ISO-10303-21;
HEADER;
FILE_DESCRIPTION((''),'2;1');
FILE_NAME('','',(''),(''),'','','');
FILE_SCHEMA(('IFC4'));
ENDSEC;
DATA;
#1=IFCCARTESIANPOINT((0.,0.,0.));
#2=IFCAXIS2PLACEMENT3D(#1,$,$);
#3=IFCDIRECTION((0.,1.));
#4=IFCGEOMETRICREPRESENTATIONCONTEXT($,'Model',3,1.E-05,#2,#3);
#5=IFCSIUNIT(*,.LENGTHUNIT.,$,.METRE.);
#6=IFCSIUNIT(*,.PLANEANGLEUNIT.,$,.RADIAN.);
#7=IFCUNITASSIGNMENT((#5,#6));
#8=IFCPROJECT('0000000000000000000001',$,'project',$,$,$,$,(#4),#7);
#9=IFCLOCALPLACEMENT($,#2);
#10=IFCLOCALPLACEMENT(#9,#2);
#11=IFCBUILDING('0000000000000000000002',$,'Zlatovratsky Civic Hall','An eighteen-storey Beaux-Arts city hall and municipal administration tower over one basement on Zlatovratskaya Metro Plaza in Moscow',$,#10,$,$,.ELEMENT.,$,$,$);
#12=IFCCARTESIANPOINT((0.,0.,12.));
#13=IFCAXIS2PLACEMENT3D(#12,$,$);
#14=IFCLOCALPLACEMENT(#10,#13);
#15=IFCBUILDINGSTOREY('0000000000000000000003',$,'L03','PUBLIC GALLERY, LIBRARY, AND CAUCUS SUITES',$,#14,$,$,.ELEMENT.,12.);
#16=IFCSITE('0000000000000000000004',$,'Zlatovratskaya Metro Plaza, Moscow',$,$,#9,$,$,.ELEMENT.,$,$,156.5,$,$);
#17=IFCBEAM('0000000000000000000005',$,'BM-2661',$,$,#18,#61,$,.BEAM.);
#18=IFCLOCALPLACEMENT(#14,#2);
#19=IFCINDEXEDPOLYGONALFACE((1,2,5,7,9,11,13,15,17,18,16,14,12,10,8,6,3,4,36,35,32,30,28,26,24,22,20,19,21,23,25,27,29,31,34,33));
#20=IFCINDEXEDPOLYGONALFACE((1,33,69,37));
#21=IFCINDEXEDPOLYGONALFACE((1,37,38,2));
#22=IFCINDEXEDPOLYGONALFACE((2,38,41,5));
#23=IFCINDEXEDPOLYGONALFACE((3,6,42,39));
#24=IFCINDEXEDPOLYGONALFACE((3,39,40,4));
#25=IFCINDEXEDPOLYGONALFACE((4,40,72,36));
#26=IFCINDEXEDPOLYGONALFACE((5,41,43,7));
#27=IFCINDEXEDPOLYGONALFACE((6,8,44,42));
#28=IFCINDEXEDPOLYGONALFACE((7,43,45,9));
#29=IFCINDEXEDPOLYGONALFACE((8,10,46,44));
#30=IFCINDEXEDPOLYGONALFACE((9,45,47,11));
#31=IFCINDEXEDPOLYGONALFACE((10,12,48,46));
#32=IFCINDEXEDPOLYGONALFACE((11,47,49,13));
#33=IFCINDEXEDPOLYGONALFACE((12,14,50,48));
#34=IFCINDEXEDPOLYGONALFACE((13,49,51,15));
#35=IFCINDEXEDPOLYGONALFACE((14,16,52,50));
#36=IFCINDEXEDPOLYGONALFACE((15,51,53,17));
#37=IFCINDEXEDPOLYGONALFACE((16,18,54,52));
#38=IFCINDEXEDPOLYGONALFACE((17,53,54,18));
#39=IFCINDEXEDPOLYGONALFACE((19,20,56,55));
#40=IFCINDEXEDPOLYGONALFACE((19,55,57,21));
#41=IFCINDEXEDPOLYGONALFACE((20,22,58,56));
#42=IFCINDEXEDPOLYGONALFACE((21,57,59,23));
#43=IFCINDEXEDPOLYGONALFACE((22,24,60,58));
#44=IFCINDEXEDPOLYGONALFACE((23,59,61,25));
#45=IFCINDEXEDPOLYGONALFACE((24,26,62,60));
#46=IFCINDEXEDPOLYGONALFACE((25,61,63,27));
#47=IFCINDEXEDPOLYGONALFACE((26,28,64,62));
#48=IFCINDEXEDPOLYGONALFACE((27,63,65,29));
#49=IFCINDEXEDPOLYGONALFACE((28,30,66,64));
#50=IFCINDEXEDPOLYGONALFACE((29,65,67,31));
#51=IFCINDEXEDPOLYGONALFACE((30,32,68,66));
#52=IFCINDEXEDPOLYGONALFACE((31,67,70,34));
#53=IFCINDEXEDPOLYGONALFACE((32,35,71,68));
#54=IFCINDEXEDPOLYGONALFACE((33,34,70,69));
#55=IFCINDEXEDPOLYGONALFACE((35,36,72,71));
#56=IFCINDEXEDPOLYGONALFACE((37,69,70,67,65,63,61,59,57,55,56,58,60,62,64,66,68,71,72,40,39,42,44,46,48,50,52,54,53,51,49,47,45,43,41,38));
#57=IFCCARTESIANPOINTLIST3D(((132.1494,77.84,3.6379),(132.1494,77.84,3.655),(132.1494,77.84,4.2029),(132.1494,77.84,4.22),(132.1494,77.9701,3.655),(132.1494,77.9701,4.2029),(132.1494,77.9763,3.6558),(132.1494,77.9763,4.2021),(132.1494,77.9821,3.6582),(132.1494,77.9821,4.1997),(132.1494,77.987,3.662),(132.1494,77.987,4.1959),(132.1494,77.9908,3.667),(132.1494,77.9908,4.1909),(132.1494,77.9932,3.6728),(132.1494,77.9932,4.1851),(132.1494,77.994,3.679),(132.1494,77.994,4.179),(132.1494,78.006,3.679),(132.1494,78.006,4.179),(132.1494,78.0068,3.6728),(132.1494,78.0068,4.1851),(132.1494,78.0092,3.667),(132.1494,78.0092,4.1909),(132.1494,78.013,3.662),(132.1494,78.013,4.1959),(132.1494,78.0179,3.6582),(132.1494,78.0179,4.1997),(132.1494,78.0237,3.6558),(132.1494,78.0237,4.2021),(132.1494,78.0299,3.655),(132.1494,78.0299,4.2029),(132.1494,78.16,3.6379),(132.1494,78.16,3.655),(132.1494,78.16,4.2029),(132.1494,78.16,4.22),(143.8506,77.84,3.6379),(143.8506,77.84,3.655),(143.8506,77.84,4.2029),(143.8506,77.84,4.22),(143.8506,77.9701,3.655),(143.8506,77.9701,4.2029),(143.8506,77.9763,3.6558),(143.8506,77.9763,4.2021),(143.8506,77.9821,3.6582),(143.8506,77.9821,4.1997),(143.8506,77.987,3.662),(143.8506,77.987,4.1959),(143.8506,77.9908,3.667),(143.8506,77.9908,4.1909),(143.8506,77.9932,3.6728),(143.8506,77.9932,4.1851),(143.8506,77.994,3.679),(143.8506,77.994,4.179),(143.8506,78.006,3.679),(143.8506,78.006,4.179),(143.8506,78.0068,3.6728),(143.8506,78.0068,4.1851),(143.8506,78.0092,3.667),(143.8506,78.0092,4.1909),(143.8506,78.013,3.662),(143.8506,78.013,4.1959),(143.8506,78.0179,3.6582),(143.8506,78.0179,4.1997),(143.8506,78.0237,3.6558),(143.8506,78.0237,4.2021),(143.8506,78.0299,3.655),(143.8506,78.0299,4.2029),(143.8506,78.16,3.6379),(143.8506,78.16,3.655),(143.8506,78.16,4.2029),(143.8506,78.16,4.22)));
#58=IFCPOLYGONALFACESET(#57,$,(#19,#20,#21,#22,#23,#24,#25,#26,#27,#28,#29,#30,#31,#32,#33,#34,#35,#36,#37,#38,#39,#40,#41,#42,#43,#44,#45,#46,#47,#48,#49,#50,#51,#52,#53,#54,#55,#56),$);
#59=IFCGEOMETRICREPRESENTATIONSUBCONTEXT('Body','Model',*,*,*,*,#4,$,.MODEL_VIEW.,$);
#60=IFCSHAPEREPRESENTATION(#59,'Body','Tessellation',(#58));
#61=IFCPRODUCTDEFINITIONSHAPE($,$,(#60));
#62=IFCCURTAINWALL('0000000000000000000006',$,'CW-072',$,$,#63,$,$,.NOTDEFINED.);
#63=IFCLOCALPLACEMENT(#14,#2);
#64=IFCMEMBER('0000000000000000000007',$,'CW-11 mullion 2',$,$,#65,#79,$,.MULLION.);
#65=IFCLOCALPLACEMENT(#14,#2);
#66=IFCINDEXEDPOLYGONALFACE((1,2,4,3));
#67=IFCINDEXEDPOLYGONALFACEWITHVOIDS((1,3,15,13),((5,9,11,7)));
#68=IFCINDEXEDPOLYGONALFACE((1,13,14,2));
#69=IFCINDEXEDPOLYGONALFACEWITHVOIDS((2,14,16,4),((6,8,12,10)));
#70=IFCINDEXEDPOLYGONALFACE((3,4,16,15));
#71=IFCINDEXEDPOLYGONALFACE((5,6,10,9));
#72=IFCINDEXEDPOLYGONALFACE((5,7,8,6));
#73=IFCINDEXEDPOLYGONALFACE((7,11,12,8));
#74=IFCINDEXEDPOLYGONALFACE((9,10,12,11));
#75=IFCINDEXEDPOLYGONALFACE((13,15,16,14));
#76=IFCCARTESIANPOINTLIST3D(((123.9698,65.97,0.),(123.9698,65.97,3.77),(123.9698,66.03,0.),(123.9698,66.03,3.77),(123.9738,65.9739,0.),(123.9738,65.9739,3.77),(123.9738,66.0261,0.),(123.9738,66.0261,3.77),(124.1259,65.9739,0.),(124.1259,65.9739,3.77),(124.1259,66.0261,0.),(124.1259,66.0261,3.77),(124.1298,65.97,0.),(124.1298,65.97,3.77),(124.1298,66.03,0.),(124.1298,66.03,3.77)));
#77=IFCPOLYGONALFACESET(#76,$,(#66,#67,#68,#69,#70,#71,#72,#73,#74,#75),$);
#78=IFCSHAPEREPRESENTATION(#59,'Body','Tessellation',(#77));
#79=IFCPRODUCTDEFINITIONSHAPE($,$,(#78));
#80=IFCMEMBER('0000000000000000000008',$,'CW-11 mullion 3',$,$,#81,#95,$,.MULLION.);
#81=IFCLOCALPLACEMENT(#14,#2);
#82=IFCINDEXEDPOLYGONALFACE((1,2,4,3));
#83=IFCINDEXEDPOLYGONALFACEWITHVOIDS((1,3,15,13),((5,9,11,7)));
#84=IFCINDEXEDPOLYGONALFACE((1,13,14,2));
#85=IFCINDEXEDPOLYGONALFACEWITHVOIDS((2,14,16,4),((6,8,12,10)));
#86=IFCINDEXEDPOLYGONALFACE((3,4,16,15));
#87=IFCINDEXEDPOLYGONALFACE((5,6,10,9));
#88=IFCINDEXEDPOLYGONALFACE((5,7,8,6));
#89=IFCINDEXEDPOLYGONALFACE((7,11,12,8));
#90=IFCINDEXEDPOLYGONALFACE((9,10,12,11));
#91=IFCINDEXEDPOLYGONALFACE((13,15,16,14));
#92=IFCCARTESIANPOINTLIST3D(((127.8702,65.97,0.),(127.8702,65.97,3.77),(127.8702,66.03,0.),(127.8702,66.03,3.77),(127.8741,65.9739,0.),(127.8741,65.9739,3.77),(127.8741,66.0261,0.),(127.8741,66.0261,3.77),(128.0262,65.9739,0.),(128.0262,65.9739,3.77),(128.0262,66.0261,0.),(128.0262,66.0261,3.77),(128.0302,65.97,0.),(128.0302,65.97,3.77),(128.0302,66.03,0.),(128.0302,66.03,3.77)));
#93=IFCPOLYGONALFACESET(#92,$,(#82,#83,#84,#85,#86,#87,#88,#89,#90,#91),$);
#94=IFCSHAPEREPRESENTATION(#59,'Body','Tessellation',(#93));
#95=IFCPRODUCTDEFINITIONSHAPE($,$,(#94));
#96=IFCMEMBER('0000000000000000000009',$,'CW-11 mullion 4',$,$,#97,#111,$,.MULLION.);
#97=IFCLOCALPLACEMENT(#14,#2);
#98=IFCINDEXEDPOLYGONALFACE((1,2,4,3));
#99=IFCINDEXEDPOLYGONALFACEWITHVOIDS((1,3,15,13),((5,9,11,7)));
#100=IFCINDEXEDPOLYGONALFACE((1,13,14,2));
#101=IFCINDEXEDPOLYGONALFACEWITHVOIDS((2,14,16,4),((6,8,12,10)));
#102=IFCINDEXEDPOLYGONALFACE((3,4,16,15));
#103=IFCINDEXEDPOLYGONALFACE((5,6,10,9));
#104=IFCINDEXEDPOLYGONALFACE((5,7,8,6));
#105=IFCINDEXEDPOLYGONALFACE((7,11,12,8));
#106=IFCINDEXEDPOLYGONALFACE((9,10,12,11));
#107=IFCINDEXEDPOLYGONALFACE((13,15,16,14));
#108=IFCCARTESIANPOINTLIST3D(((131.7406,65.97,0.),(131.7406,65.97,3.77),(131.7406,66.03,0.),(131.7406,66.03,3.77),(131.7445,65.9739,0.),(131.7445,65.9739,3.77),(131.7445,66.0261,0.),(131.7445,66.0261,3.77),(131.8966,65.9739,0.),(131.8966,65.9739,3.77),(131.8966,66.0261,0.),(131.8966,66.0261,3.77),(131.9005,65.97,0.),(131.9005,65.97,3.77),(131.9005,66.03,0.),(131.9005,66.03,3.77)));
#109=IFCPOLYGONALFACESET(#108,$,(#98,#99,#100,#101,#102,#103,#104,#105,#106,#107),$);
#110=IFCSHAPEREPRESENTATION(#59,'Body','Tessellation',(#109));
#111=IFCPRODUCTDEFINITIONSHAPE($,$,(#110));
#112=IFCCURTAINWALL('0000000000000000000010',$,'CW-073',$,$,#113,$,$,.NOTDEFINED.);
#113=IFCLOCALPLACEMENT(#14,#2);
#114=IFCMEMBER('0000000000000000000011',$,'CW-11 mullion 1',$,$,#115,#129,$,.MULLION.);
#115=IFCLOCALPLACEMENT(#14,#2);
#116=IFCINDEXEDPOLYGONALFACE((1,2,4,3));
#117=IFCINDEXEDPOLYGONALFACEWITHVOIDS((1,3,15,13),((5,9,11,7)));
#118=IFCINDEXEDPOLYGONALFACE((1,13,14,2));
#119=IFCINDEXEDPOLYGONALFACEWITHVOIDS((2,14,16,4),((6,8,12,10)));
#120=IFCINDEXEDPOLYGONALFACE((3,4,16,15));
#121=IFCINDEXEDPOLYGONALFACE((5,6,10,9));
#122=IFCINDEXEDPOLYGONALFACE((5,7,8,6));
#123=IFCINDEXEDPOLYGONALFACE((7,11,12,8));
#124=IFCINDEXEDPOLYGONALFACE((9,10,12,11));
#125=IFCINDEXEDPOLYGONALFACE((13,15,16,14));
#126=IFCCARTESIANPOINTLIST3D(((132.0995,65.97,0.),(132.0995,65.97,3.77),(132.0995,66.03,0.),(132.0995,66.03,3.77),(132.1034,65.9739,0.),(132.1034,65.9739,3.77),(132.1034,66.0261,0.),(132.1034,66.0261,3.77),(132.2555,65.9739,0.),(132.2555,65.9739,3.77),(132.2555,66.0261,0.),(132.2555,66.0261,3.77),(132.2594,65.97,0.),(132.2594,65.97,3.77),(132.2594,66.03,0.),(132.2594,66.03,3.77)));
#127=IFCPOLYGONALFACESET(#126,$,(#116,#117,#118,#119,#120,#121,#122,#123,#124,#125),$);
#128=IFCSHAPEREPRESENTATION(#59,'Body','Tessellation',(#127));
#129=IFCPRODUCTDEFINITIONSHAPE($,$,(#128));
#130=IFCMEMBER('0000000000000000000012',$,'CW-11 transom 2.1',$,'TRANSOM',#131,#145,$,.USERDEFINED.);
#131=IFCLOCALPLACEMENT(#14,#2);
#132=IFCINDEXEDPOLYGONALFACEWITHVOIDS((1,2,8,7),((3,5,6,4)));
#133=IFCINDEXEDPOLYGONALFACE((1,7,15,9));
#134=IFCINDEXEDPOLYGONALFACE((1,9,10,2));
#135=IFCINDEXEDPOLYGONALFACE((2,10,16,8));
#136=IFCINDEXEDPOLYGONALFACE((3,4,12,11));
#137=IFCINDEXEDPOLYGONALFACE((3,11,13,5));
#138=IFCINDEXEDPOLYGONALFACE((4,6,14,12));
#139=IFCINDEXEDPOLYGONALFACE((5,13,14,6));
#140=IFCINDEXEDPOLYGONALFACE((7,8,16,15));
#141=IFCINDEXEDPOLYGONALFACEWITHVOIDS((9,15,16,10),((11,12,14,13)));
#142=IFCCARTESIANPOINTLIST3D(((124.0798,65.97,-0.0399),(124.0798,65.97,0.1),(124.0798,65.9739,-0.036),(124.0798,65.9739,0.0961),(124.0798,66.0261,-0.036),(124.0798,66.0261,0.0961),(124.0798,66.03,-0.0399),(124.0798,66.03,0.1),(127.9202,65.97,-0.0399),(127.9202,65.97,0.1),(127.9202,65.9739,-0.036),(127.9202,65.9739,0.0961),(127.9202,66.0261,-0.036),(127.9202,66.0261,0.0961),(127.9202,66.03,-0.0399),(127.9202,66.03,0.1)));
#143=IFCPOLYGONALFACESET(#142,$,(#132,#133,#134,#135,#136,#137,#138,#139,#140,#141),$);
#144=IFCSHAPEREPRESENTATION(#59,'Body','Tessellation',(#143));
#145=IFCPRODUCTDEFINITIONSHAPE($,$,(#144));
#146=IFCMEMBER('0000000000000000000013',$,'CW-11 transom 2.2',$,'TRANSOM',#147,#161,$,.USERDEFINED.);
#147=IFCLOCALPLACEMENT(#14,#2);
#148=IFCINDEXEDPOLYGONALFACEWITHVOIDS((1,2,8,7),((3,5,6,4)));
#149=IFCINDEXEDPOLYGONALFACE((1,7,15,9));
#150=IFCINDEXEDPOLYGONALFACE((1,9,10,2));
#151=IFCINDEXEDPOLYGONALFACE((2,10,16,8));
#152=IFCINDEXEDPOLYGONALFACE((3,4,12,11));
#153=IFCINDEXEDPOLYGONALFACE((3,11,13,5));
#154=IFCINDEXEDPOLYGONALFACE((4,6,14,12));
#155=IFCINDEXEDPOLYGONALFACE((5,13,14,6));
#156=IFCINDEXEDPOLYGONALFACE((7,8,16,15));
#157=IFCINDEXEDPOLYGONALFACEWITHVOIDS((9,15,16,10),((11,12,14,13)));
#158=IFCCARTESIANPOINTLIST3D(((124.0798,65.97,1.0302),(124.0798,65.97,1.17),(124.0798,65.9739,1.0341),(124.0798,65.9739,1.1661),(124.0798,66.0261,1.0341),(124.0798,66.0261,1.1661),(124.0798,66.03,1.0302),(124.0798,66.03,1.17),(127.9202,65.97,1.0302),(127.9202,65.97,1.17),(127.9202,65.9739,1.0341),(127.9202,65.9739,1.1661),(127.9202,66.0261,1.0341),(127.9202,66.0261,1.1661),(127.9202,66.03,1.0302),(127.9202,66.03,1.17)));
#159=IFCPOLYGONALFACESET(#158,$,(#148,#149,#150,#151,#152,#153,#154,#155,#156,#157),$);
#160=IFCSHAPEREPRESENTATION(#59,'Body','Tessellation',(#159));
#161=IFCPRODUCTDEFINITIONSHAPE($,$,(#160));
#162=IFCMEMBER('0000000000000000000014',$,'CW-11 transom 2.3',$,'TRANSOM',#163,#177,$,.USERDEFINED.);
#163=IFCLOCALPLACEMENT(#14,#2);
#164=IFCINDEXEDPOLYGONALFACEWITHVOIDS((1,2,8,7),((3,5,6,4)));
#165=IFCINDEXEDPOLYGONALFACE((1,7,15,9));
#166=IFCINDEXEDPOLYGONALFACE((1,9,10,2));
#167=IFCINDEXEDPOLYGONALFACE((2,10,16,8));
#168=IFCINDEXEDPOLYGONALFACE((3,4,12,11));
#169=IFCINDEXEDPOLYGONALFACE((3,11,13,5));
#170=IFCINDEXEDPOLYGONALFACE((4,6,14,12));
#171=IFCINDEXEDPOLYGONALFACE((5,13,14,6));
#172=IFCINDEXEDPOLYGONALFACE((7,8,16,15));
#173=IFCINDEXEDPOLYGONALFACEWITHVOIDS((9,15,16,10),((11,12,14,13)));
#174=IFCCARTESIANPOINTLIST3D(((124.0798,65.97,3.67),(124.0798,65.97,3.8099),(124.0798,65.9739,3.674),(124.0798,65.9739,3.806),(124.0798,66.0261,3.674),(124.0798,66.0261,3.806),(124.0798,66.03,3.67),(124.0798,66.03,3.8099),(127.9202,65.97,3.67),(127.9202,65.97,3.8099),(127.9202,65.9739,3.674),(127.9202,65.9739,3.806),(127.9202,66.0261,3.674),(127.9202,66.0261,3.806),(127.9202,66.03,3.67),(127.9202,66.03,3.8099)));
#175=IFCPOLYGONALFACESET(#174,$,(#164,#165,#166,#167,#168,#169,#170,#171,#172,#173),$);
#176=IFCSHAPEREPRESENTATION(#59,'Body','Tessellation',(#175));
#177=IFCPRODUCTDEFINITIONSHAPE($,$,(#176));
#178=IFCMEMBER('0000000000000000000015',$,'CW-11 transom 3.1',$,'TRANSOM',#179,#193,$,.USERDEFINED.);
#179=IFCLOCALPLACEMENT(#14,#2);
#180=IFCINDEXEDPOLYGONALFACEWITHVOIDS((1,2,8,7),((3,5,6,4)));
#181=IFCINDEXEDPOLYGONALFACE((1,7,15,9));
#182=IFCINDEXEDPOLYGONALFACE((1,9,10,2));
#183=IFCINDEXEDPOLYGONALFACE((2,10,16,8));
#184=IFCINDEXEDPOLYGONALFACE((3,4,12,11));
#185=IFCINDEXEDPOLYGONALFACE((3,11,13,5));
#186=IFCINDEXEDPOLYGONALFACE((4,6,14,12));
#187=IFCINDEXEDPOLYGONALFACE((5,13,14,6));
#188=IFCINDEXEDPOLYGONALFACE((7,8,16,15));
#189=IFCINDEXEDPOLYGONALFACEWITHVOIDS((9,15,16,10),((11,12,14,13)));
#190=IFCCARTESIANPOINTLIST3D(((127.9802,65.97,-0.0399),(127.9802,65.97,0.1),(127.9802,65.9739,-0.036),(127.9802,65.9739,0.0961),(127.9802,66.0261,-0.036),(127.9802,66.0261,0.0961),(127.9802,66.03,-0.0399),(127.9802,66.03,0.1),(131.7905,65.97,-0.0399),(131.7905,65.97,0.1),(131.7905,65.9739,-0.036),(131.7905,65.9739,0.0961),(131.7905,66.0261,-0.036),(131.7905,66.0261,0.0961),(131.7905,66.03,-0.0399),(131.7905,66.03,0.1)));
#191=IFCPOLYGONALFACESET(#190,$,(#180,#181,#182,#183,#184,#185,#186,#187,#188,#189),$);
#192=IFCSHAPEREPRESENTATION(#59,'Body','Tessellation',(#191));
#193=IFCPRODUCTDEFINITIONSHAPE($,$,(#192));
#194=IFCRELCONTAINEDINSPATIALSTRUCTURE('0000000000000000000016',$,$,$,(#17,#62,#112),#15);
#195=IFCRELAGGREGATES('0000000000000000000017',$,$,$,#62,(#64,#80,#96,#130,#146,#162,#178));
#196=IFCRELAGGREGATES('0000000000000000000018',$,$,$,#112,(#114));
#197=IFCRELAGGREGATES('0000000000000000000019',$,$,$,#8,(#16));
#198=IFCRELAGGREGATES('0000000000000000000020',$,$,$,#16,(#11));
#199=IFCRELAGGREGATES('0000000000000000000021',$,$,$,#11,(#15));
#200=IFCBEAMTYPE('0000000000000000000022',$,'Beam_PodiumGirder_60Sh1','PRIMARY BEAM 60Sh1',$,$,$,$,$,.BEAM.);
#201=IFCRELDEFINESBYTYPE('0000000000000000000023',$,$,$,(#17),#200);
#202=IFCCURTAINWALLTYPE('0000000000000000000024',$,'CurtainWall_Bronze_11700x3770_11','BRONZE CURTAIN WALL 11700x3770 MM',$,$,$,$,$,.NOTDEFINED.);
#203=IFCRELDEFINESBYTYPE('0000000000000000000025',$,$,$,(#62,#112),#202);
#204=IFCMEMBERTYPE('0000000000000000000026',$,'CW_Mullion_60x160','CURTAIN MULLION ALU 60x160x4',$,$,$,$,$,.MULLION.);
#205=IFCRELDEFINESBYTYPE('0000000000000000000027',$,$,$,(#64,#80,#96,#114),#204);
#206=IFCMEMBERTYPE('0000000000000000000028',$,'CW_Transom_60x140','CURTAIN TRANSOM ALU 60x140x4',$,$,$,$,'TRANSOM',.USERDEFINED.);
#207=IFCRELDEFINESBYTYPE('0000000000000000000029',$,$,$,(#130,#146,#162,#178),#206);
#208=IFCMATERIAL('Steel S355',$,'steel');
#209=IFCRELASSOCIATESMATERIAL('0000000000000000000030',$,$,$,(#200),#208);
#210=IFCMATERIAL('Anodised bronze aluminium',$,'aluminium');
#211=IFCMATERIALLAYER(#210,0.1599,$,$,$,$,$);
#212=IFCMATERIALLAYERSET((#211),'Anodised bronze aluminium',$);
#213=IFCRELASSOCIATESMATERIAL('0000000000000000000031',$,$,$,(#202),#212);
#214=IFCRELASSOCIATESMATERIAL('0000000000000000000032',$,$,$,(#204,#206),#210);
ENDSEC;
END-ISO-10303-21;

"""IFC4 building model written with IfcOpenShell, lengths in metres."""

from ifc_helpers import new_model, si_unit, direction, frame, origin, origin_2d, place, context, subcontext, project, spatial, hollow_rectangle, i_section, extrude, material, layer, layer_set, material_profile, profile_set, type_object, element, aggregate, save


model = new_model("IFC4")

# Units and contexts
model_context = context("Model", 3, precision=1e-05, world=origin(), true_north=direction((0.0, 1.0)))
body_context = subcontext(model_context, "Body", "Model", "MODEL_VIEW")
ifc_project = project(units=[si_unit("LENGTHUNIT", "METRE"), si_unit("PLANEANGLEUNIT", "RADIAN")], contexts=[model_context])

# Site, building, storey
site_placement = place(None, origin())
site = spatial("IfcSite", under=ifc_project, at=site_placement, Name="Zlatovratskaya Metro Plaza, Moscow", CompositionType="ELEMENT", RefElevation=156.5)
building_placement = place(site_placement, origin())
building = spatial("IfcBuilding", under=site, at=building_placement, Name="Zlatovratsky Civic Hall", Description="An eighteen-storey Beaux-Arts city hall and municipal administration tower over one basement on Zlatovratskaya Metro Plaza in Moscow", CompositionType="ELEMENT")
storey_placement = place(building_placement, frame((0.0, 0.0, 12.0)))
storey = spatial("IfcBuildingStorey", under=building, at=storey_placement, Name="L03", Description="PUBLIC GALLERY, LIBRARY, AND CAUCUS SUITES", CompositionType="ELEMENT", Elevation=12.0)

# Shared definitions
ifc_material_1 = material(Name="Steel S355", Category="steel")

# Beam
ifc_material_profile_1 = material_profile(ifc_material_1, i_section(OverallWidth=0.3201, OverallDepth=0.582, WebThickness=0.012, FlangeThickness=0.0171, FilletRadius=0.0239, at=origin_2d()), Name="60Sh1")
ifc_profile_set_1 = profile_set([ifc_material_profile_1], Name="Steel S355")
beam_type_1 = type_object("IfcBeamType", Name="Beam_PodiumGirder_60Sh1", Description="PRIMARY BEAM 60Sh1", PredefinedType="BEAM", material=ifc_profile_set_1)
for number, where, z_axis, x_axis, name in (
    (1, (132.1494, 78.0, 3.929), (1.0, 0.0, 0.0), (0.0, 1.0, 0.0), "BM-2661"),
):
    element("IfcBeam", number, at=place(storey_placement, frame(where, z_axis=z_axis, x_axis=x_axis)), inside=storey, type_object=beam_type_1, Name=name, PredefinedType="BEAM", context=body_context, shape_type="SweptSolid", body=[
        extrude(i_section(OverallWidth=0.3201, OverallDepth=0.582, WebThickness=0.012, FlangeThickness=0.0171, FilletRadius=0.0239, at=origin_2d()), origin(), (0.0, 0.0, 1.0), 11.7012),
    ])

# Curtain wall, members
ifc_material_2 = material(Name="Anodised bronze aluminium", Category="aluminium")
ifc_layer_1 = layer(ifc_material_2, 0.1599)
ifc_layer_set_1 = layer_set([ifc_layer_1], Name="Anodised bronze aluminium")
curtain_wall_type = type_object("IfcCurtainWallType", Name="CurtainWall_Bronze_11700x3770_11", Description="BRONZE CURTAIN WALL 11700x3770 MM", PredefinedType="NOTDEFINED", material=ifc_layer_set_1)
curtain_wall_1_placement = place(storey_placement, origin())
curtain_wall_1 = element("IfcCurtainWall", 2, at=curtain_wall_1_placement, inside=storey, type_object=curtain_wall_type, Name="CW-072", PredefinedType="NOTDEFINED")
ifc_material_profile_2 = material_profile(ifc_material_2, hollow_rectangle(XDim=0.0601, YDim=0.1599, WallThickness=0.0039, at=origin_2d()), Name="ALU 60x160x4")
ifc_profile_set_2 = profile_set([ifc_material_profile_2], Name="Anodised bronze aluminium")
member_type_1 = type_object("IfcMemberType", Name="CW_Mullion_60x160", Description="CURTAIN MULLION ALU 60x160x4", PredefinedType="MULLION", material=ifc_profile_set_2)
member_1_placement = place(storey_placement, frame((124.0498, 66.0, 0.0), z_axis=(0.0, 0.0, 1.0), x_axis=(0.0, 1.0, 0.0)))
member_1 = element("IfcMember", 3, at=member_1_placement, type_object=member_type_1, Name="CW-11 mullion 2", PredefinedType="MULLION", context=body_context, shape_type="SweptSolid", body=[
    extrude(hollow_rectangle(XDim=0.0601, YDim=0.1599, WallThickness=0.0039, at=origin_2d()), origin(), (0.0, 0.0, 1.0), 3.77),
])
member_2_placement = place(storey_placement, frame((127.9502, 66.0, 0.0), z_axis=(0.0, 0.0, 1.0), x_axis=(0.0, 1.0, 0.0)))
member_2 = element("IfcMember", 4, at=member_2_placement, type_object=member_type_1, Name="CW-11 mullion 3", PredefinedType="MULLION", context=body_context, shape_type="SweptSolid", body=[
    extrude(hollow_rectangle(XDim=0.0601, YDim=0.1599, WallThickness=0.0039, at=origin_2d()), origin(), (0.0, 0.0, 1.0), 3.77),
])
member_3_placement = place(storey_placement, frame((131.8206, 66.0, 0.0), z_axis=(0.0, 0.0, 1.0), x_axis=(0.0, 1.0, 0.0)))
member_3 = element("IfcMember", 5, at=member_3_placement, type_object=member_type_1, Name="CW-11 mullion 4", PredefinedType="MULLION", context=body_context, shape_type="SweptSolid", body=[
    extrude(hollow_rectangle(XDim=0.0601, YDim=0.1599, WallThickness=0.0039, at=origin_2d()), origin(), (0.0, 0.0, 1.0), 3.77),
])

# Curtain wall, member
curtain_wall_2_placement = place(storey_placement, origin())
curtain_wall_2 = element("IfcCurtainWall", 6, at=curtain_wall_2_placement, inside=storey, type_object=curtain_wall_type, Name="CW-073", PredefinedType="NOTDEFINED")
member_4_placement = place(storey_placement, frame((132.1794, 66.0, 0.0), z_axis=(0.0, 0.0, 1.0), x_axis=(0.0, 1.0, 0.0)))
member_4 = element("IfcMember", 7, at=member_4_placement, type_object=member_type_1, Name="CW-11 mullion 1", PredefinedType="MULLION", context=body_context, shape_type="SweptSolid", body=[
    extrude(hollow_rectangle(XDim=0.0601, YDim=0.1599, WallThickness=0.0039, at=origin_2d()), origin(), (0.0, 0.0, 1.0), 3.77),
])

# Members
ifc_material_profile_3 = material_profile(ifc_material_2, hollow_rectangle(XDim=0.0601, YDim=0.1399, WallThickness=0.0039, at=origin_2d()), Name="ALU 60x140x4")
ifc_profile_set_3 = profile_set([ifc_material_profile_3], Name="Anodised bronze aluminium")
member_type_2 = type_object("IfcMemberType", Name="CW_Transom_60x140", Description="CURTAIN TRANSOM ALU 60x140x4", ElementType="TRANSOM", PredefinedType="USERDEFINED", material=ifc_profile_set_3)
member_5_placement = place(storey_placement, frame((124.0798, 66.0, 0.03), z_axis=(1.0, 0.0, 0.0), x_axis=(0.0, 1.0, 0.0)))
member_5 = element("IfcMember", 8, at=member_5_placement, type_object=member_type_2, Name="CW-11 transom 2.1", ObjectType="TRANSOM", PredefinedType="USERDEFINED", context=body_context, shape_type="SweptSolid", body=[
    extrude(hollow_rectangle(XDim=0.0601, YDim=0.1399, WallThickness=0.0039, at=origin_2d()), origin(), (0.0, 0.0, 1.0), 3.8403),
])
member_6_placement = place(storey_placement, frame((124.0798, 66.0, 1.1001), z_axis=(1.0, 0.0, 0.0), x_axis=(0.0, 1.0, 0.0)))
member_6 = element("IfcMember", 9, at=member_6_placement, type_object=member_type_2, Name="CW-11 transom 2.2", ObjectType="TRANSOM", PredefinedType="USERDEFINED", context=body_context, shape_type="SweptSolid", body=[
    extrude(hollow_rectangle(XDim=0.0601, YDim=0.1399, WallThickness=0.0039, at=origin_2d()), origin(), (0.0, 0.0, 1.0), 3.8403),
])
member_7_placement = place(storey_placement, frame((124.0798, 66.0, 3.74), z_axis=(1.0, 0.0, 0.0), x_axis=(0.0, 1.0, 0.0)))
member_7 = element("IfcMember", 10, at=member_7_placement, type_object=member_type_2, Name="CW-11 transom 2.3", ObjectType="TRANSOM", PredefinedType="USERDEFINED", context=body_context, shape_type="SweptSolid", body=[
    extrude(hollow_rectangle(XDim=0.0601, YDim=0.1399, WallThickness=0.0039, at=origin_2d()), origin(), (0.0, 0.0, 1.0), 3.8403),
])
member_8_placement = place(storey_placement, frame((127.9802, 66.0, 0.03), z_axis=(1.0, 0.0, 0.0), x_axis=(0.0, 1.0, 0.0)))
member_8 = element("IfcMember", 11, at=member_8_placement, type_object=member_type_2, Name="CW-11 transom 3.1", ObjectType="TRANSOM", PredefinedType="USERDEFINED", context=body_context, shape_type="SweptSolid", body=[
    extrude(hollow_rectangle(XDim=0.0601, YDim=0.1399, WallThickness=0.0039, at=origin_2d()), origin(), (0.0, 0.0, 1.0), 3.8103),
])

aggregate(curtain_wall_1, [member_1, member_2, member_3, member_5, member_6, member_7, member_8])
aggregate(curtain_wall_2, [member_4])

save(model, "model.ifc")
